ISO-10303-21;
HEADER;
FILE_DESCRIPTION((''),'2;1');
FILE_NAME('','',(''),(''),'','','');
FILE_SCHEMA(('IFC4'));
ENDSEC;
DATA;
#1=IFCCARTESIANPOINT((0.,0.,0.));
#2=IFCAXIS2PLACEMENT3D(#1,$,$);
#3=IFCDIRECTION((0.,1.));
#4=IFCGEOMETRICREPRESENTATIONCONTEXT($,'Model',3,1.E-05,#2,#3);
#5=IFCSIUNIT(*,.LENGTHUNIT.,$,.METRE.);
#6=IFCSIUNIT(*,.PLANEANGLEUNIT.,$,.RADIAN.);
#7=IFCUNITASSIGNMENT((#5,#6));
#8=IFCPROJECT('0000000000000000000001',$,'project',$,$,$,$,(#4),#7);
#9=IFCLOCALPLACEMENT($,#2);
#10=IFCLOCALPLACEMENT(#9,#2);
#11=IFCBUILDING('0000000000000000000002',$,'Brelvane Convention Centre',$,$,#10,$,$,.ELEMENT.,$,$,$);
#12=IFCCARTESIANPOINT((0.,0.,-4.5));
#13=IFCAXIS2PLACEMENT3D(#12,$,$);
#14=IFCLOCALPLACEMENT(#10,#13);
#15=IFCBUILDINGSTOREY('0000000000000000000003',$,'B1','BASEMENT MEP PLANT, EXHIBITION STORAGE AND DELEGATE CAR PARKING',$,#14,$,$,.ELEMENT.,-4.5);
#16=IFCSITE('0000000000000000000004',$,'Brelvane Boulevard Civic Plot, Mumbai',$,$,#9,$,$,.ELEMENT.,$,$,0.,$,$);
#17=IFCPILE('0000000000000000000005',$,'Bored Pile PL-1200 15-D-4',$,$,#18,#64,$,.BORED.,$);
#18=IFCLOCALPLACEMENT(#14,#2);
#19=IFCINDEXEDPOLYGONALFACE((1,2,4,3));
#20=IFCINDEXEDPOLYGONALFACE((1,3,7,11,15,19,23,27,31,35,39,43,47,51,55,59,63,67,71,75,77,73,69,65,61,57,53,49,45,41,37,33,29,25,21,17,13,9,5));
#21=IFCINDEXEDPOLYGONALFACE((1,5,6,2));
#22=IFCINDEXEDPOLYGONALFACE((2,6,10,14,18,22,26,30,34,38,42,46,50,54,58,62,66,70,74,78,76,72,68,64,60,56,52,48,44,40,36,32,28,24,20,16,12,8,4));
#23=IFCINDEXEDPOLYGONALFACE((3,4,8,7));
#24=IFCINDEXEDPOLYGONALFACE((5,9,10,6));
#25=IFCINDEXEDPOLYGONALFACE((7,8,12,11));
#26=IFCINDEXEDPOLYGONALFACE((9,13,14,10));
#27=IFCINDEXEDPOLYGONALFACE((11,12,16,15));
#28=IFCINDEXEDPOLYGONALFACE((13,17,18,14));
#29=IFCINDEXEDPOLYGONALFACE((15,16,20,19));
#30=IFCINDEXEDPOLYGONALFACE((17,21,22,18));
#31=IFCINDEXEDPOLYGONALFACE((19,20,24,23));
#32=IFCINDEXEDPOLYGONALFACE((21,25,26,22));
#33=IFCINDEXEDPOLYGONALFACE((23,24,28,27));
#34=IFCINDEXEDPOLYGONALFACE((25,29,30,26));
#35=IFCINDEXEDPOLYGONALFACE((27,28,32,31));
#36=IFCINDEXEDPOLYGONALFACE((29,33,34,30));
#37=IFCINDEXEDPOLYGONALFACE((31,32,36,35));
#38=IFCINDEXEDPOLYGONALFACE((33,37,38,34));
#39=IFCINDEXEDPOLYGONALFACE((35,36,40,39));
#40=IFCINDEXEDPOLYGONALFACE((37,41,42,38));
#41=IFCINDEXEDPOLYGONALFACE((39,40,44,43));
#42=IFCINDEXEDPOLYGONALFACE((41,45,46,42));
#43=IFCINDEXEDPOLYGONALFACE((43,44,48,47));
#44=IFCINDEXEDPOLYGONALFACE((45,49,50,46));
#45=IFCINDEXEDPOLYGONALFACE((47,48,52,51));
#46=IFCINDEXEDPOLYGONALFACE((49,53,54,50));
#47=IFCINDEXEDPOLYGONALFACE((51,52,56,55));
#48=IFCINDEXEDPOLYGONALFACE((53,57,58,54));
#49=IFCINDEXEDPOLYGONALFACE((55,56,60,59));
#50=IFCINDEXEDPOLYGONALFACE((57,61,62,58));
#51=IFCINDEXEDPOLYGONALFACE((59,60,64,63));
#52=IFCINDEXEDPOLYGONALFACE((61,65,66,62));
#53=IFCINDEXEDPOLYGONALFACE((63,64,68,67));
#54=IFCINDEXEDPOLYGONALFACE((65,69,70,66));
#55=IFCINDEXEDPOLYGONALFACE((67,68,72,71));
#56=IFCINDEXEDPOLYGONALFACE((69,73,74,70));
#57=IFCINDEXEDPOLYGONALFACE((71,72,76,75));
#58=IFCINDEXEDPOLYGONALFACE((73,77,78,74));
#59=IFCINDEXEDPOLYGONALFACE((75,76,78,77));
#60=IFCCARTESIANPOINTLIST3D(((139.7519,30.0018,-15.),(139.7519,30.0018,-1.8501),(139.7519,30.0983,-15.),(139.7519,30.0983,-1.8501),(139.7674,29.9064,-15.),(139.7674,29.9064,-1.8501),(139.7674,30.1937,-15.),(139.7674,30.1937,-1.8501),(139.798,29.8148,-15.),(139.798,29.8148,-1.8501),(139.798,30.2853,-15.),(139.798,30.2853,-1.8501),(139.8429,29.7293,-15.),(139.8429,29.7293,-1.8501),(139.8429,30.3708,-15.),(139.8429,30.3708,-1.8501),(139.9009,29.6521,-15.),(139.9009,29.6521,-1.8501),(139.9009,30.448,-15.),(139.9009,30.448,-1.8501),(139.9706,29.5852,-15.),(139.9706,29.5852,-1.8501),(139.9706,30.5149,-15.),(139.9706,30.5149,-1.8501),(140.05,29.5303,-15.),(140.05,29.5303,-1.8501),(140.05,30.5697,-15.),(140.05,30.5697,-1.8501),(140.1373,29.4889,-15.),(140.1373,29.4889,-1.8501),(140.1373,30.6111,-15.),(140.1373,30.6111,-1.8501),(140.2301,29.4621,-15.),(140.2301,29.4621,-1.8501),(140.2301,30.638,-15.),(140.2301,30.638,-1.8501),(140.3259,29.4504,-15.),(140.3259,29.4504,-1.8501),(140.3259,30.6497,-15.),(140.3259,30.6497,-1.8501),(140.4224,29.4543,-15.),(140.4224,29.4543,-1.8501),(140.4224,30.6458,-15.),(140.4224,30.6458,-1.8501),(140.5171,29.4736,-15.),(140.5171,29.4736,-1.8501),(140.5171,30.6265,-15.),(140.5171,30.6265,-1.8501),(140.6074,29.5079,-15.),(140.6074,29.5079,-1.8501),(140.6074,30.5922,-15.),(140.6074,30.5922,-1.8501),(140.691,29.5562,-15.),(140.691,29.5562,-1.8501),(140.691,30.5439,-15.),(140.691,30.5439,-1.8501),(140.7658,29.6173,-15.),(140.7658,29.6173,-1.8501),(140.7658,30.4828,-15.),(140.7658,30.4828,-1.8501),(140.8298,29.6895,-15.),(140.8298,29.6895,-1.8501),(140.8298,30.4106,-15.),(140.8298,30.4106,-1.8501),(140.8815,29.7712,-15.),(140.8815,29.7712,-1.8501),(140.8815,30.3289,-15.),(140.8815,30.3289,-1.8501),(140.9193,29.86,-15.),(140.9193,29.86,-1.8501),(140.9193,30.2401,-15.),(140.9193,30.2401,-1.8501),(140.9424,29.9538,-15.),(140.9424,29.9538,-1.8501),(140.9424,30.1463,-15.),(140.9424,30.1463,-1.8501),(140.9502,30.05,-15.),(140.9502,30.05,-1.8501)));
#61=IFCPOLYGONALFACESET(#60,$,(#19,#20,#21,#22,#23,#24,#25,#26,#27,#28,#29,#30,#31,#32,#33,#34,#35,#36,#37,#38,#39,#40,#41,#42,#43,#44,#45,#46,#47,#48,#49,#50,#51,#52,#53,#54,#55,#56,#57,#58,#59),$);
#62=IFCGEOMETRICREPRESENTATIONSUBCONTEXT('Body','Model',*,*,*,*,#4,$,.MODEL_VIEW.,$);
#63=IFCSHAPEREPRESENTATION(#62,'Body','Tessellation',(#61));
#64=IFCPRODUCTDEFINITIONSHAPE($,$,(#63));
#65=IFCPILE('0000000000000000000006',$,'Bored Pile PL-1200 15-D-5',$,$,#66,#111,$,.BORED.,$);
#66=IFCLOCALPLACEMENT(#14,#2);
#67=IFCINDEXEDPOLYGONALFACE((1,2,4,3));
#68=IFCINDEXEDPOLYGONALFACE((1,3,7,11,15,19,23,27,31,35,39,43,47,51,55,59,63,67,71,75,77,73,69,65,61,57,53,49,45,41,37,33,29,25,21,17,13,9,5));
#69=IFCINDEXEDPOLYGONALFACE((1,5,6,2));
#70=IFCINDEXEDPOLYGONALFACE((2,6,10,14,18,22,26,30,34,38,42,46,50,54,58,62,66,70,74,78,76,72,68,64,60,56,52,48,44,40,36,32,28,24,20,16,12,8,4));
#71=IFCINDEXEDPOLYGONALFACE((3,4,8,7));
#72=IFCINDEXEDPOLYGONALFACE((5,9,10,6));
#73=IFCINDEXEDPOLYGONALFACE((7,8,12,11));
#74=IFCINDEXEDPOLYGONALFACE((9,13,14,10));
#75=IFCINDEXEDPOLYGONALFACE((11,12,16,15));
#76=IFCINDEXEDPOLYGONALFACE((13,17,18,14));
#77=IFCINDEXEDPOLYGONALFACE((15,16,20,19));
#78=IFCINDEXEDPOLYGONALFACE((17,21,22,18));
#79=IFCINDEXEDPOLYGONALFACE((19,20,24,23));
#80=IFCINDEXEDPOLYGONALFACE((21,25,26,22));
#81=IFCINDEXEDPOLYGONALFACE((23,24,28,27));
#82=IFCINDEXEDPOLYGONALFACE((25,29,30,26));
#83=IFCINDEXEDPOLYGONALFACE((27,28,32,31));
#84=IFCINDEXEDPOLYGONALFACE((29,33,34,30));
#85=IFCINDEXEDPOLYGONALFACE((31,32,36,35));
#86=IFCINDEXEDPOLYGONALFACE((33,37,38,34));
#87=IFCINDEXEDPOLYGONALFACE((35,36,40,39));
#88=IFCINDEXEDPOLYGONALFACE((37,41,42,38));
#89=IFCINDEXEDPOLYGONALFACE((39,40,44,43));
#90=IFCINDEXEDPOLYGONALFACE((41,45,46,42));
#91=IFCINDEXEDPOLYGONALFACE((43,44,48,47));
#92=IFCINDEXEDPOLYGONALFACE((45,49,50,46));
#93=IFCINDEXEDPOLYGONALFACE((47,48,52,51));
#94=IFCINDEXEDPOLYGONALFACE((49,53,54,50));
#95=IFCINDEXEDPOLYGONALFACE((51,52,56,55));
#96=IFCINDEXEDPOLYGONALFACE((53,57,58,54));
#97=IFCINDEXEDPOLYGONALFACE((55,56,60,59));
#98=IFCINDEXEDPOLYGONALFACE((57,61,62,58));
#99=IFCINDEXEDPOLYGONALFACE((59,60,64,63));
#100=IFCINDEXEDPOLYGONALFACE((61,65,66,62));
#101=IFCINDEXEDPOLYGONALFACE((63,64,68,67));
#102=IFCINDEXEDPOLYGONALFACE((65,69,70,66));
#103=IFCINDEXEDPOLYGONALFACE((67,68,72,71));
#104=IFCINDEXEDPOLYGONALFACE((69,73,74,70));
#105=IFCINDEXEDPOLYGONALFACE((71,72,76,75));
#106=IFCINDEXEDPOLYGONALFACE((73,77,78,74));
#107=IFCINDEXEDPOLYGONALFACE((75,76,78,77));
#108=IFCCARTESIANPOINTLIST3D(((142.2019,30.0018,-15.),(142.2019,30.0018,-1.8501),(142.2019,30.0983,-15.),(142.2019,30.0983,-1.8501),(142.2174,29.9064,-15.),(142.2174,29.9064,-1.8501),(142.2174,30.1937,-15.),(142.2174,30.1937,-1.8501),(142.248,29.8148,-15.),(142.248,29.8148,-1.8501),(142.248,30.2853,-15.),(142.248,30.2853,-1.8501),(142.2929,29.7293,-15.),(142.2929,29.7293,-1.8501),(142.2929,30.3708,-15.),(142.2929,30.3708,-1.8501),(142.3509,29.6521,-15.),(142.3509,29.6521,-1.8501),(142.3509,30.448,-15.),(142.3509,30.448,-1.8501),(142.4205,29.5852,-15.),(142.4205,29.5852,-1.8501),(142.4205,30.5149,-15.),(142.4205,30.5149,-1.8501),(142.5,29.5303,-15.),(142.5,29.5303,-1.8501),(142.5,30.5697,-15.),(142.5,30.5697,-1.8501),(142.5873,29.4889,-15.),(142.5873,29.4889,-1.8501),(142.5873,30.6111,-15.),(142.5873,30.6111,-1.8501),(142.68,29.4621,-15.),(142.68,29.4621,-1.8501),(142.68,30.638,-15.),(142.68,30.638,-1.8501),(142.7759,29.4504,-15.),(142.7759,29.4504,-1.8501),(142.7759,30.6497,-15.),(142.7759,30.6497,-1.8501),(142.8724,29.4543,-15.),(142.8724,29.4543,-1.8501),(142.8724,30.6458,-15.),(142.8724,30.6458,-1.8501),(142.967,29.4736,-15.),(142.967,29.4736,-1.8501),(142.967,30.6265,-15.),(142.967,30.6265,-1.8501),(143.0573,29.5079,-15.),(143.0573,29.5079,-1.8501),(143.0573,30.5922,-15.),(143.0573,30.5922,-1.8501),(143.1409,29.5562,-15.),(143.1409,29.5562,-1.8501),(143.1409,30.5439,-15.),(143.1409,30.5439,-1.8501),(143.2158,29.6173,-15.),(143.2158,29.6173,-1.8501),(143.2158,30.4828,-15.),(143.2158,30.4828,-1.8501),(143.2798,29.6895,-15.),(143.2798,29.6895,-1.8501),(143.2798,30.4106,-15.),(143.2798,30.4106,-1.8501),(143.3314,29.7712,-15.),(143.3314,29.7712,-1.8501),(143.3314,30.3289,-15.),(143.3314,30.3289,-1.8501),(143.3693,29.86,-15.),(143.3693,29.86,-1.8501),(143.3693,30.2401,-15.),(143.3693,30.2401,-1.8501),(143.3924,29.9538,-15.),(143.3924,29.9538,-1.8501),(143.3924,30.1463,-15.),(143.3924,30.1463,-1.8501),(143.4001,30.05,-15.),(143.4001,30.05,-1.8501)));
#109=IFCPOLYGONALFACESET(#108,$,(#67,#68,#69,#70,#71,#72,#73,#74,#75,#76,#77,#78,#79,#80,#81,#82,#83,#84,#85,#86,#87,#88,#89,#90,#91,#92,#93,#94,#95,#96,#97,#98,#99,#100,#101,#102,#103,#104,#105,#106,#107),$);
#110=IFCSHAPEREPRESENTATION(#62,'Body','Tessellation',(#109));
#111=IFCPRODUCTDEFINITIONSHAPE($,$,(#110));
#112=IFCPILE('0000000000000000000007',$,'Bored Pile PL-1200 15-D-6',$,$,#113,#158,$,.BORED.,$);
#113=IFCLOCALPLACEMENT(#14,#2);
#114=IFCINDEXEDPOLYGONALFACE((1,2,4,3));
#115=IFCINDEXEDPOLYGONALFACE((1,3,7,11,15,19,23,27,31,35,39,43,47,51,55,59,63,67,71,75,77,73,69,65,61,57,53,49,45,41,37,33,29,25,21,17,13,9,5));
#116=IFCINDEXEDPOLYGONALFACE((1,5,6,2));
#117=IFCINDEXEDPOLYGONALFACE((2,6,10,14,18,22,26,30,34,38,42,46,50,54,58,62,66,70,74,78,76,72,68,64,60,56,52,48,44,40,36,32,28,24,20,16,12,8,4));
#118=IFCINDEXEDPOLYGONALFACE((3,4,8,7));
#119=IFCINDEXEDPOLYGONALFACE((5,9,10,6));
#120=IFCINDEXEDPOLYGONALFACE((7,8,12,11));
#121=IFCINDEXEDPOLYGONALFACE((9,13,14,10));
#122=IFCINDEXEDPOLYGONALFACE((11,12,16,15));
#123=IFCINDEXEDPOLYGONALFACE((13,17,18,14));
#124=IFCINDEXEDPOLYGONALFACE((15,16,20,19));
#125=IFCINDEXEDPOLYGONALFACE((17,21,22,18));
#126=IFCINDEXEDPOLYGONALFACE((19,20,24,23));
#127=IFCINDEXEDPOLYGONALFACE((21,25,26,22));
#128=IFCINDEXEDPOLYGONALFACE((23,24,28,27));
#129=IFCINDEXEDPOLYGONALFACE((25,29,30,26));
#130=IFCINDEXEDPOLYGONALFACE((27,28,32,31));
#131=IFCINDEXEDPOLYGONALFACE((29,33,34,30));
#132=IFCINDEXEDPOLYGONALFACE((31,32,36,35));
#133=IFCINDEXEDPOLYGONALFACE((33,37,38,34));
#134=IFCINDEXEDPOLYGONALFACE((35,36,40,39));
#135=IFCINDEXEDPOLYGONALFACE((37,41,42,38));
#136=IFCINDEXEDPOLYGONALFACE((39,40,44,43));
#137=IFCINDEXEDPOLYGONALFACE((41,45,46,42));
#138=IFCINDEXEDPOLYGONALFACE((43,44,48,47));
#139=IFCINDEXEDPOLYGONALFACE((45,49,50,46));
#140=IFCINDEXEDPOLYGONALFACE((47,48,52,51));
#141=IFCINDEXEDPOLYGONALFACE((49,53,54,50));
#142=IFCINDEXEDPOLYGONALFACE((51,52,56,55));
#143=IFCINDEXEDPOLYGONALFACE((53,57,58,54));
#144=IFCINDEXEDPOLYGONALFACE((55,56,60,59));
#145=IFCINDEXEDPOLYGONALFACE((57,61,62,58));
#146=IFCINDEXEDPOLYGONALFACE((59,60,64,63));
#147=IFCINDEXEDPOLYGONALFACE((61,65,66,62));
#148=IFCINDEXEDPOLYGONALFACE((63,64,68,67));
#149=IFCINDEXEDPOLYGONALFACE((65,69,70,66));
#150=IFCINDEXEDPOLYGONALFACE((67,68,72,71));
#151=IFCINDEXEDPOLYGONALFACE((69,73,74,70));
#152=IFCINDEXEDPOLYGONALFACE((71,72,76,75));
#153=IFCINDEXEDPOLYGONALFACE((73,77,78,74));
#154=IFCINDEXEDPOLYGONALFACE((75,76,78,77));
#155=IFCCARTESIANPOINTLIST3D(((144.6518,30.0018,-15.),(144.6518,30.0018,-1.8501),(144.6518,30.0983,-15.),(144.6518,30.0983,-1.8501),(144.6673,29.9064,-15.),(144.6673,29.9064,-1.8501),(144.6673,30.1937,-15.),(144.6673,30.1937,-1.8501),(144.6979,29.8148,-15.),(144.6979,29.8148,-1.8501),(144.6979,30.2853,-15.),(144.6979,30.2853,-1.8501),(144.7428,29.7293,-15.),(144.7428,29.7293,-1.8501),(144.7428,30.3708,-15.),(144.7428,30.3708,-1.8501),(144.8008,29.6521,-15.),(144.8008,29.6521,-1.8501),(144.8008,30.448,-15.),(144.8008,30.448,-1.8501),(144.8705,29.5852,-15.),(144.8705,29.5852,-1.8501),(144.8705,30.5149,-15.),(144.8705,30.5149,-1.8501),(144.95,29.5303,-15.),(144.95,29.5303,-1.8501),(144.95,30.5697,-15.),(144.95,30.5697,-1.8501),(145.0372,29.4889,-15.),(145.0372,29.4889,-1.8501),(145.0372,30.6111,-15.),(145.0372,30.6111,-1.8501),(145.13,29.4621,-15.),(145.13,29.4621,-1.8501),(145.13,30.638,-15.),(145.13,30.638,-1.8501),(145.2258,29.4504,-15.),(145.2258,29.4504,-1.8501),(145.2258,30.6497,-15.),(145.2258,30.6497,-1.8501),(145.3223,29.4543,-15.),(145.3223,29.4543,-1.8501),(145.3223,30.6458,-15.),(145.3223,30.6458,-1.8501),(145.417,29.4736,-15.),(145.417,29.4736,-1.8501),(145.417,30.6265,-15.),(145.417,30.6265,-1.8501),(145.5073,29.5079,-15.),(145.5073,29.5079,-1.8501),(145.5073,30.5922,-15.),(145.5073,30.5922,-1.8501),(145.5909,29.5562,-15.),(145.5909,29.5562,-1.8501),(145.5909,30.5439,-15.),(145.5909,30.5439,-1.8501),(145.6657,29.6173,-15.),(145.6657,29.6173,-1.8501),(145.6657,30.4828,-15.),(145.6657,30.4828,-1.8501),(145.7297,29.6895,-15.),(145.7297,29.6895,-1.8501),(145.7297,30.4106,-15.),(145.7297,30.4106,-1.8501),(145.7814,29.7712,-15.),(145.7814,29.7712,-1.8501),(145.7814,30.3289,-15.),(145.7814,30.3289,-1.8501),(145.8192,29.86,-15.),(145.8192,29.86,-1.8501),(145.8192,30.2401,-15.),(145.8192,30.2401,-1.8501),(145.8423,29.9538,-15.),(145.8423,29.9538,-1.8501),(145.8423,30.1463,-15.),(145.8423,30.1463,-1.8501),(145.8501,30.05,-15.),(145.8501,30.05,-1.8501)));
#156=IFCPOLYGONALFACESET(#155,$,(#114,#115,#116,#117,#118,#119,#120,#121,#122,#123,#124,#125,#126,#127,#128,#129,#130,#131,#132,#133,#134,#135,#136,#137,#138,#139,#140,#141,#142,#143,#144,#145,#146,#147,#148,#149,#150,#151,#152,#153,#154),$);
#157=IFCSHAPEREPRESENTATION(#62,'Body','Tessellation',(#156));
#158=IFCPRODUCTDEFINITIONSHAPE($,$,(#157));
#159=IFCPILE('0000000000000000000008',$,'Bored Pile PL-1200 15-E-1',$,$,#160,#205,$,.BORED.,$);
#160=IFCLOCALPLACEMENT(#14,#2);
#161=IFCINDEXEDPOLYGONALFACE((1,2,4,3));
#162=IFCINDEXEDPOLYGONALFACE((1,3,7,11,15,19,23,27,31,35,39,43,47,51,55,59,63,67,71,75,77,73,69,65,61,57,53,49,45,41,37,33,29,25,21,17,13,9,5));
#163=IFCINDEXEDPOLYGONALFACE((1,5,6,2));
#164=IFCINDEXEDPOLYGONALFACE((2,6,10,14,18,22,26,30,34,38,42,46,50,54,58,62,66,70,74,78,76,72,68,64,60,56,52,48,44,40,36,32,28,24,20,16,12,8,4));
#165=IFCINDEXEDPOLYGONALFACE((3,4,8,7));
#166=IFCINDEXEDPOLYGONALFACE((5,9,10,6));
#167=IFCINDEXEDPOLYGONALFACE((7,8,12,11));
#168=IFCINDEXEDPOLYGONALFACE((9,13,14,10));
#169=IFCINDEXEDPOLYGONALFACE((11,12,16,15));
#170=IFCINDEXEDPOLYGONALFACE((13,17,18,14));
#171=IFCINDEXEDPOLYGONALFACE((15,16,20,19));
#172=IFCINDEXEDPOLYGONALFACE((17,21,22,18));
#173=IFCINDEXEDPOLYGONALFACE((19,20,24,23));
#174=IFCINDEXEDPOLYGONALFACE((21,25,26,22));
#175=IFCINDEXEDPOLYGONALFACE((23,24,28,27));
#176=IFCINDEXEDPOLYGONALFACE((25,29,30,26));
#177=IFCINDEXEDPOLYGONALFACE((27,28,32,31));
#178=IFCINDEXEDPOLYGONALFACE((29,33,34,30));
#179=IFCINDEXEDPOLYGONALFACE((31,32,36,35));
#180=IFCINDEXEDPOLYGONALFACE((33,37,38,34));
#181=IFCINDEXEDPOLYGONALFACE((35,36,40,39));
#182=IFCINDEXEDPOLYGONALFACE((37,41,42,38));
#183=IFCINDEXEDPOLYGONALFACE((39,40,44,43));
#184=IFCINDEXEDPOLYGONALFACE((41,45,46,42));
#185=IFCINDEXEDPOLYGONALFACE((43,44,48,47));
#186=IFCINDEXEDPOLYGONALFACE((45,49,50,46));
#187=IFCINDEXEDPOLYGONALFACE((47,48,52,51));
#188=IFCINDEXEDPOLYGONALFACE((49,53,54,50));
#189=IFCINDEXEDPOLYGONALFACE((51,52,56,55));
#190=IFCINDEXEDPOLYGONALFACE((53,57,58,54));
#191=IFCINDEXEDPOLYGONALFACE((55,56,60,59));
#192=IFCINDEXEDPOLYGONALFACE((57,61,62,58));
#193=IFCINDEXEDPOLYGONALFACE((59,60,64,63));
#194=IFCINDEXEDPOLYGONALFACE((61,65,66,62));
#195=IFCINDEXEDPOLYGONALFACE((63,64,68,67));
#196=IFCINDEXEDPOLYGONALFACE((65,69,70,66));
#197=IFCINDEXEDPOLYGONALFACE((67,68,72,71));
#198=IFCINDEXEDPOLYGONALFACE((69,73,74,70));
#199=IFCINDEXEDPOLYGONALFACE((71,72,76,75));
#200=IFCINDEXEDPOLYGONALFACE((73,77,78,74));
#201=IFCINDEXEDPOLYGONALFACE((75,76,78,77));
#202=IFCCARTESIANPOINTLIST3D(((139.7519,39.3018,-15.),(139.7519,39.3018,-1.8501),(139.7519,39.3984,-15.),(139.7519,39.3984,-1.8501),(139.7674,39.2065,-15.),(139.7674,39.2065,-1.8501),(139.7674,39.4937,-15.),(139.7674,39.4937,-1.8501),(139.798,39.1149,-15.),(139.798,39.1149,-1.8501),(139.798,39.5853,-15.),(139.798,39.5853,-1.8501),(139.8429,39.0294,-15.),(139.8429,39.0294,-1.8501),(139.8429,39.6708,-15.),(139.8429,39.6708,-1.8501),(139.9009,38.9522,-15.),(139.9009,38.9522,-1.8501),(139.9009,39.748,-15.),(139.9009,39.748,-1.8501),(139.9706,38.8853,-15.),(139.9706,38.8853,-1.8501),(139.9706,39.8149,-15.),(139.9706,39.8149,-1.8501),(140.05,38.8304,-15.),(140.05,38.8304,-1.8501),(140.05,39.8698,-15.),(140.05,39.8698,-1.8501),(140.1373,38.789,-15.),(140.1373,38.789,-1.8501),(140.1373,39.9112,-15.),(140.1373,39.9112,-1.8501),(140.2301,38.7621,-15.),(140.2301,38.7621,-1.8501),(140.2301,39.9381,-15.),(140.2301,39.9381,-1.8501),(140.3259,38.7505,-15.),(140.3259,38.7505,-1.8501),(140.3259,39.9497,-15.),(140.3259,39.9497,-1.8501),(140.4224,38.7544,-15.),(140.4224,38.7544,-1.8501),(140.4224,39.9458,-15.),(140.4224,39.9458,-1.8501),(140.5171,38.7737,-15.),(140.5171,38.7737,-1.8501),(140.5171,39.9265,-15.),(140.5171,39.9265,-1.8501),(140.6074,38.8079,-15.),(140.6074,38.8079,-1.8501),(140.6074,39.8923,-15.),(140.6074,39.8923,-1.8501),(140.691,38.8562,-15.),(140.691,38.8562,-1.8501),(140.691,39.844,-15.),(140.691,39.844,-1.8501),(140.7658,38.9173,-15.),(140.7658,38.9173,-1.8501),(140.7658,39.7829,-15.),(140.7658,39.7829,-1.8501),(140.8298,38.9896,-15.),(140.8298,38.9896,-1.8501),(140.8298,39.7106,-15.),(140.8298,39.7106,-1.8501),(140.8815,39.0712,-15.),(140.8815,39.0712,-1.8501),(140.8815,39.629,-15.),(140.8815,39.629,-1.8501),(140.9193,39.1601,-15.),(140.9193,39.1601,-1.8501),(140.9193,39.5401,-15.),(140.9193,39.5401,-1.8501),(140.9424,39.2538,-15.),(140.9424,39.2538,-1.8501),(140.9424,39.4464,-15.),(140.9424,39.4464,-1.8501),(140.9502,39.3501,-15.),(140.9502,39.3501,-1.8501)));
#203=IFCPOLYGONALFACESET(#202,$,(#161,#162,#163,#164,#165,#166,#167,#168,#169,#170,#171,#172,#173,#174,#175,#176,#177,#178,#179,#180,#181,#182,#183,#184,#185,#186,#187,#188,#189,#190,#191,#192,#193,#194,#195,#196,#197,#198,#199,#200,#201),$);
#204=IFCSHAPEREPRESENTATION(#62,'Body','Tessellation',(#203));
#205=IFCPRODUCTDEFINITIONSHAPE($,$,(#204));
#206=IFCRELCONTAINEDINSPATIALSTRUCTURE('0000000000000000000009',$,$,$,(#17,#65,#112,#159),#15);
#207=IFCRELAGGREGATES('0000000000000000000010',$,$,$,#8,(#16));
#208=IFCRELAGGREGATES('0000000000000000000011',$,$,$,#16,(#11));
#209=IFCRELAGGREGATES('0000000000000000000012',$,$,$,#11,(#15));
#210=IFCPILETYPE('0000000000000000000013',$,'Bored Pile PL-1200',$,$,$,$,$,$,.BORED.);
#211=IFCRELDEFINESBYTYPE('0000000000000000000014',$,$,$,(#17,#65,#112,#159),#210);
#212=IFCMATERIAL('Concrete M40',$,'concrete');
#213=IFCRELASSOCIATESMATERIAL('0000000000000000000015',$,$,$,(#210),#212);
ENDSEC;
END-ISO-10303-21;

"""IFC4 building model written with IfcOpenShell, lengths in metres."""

from ifc_helpers import new_model, si_unit, direction, frame, origin, origin_2d, place, context, subcontext, project, spatial, circle, extrude, material, material_profile, profile_set, type_object, element, save


model = new_model("IFC4")

# Units and contexts
model_context = context("Model", 3, precision=1e-05, world=origin(), true_north=direction((0.0, 1.0)))
body_context = subcontext(model_context, "Body", "Model", "MODEL_VIEW")
ifc_project = project(units=[si_unit("LENGTHUNIT", "METRE"), si_unit("PLANEANGLEUNIT", "RADIAN")], contexts=[model_context])

# Site, building, storey
site_placement = place(None, origin())
site = spatial("IfcSite", under=ifc_project, at=site_placement, Name="Brelvane Boulevard Civic Plot, Mumbai", CompositionType="ELEMENT", RefElevation=0.0)
building_placement = place(site_placement, origin())
building = spatial("IfcBuilding", under=site, at=building_placement, Name="Brelvane Convention Centre", CompositionType="ELEMENT")
storey_placement = place(building_placement, frame((0.0, 0.0, -4.5)))
storey = spatial("IfcBuildingStorey", under=building, at=storey_placement, Name="B1", Description="BASEMENT MEP PLANT, EXHIBITION STORAGE AND DELEGATE CAR PARKING", CompositionType="ELEMENT", Elevation=-4.5)

# Piles
ifc_material_1 = material(Name="Concrete M40", Category="concrete")
ifc_material_profile_1 = material_profile(ifc_material_1, circle(Radius=0.6001, at=origin_2d()), Name="PILE D1200")
ifc_profile_set_1 = profile_set([ifc_material_profile_1], Name="Concrete M40")
pile_type = type_object("IfcPileType", Name="Bored Pile PL-1200", PredefinedType="BORED", material=ifc_profile_set_1)
for number, where, z_axis, x_axis, name in (
    (1, (140.3501, 30.05, -1.8501), (0.0, 0.0, -1.0), (1.0, 0.0, 0.0), "Bored Pile PL-1200 15-D-4"),
    (2, (142.8, 30.05, -1.8501), (0.0, 0.0, -1.0), (1.0, 0.0, 0.0), "Bored Pile PL-1200 15-D-5"),
    (3, (145.25, 30.05, -1.8501), (0.0, 0.0, -1.0), (1.0, 0.0, 0.0), "Bored Pile PL-1200 15-D-6"),
    (4, (140.3501, 39.3501, -1.8501), (0.0, 0.0, -1.0), (1.0, 0.0, 0.0), "Bored Pile PL-1200 15-E-1"),
):
    element("IfcPile", number, at=place(storey_placement, frame(where, z_axis=z_axis, x_axis=x_axis)), inside=storey, type_object=pile_type, Name=name, PredefinedType="BORED", context=body_context, shape_type="SweptSolid", body=[
        extrude(circle(Radius=0.6001, at=origin_2d()), origin(), (0.0, 0.0, 1.0), 13.1499),
    ])

save(model, "model.ifc")
